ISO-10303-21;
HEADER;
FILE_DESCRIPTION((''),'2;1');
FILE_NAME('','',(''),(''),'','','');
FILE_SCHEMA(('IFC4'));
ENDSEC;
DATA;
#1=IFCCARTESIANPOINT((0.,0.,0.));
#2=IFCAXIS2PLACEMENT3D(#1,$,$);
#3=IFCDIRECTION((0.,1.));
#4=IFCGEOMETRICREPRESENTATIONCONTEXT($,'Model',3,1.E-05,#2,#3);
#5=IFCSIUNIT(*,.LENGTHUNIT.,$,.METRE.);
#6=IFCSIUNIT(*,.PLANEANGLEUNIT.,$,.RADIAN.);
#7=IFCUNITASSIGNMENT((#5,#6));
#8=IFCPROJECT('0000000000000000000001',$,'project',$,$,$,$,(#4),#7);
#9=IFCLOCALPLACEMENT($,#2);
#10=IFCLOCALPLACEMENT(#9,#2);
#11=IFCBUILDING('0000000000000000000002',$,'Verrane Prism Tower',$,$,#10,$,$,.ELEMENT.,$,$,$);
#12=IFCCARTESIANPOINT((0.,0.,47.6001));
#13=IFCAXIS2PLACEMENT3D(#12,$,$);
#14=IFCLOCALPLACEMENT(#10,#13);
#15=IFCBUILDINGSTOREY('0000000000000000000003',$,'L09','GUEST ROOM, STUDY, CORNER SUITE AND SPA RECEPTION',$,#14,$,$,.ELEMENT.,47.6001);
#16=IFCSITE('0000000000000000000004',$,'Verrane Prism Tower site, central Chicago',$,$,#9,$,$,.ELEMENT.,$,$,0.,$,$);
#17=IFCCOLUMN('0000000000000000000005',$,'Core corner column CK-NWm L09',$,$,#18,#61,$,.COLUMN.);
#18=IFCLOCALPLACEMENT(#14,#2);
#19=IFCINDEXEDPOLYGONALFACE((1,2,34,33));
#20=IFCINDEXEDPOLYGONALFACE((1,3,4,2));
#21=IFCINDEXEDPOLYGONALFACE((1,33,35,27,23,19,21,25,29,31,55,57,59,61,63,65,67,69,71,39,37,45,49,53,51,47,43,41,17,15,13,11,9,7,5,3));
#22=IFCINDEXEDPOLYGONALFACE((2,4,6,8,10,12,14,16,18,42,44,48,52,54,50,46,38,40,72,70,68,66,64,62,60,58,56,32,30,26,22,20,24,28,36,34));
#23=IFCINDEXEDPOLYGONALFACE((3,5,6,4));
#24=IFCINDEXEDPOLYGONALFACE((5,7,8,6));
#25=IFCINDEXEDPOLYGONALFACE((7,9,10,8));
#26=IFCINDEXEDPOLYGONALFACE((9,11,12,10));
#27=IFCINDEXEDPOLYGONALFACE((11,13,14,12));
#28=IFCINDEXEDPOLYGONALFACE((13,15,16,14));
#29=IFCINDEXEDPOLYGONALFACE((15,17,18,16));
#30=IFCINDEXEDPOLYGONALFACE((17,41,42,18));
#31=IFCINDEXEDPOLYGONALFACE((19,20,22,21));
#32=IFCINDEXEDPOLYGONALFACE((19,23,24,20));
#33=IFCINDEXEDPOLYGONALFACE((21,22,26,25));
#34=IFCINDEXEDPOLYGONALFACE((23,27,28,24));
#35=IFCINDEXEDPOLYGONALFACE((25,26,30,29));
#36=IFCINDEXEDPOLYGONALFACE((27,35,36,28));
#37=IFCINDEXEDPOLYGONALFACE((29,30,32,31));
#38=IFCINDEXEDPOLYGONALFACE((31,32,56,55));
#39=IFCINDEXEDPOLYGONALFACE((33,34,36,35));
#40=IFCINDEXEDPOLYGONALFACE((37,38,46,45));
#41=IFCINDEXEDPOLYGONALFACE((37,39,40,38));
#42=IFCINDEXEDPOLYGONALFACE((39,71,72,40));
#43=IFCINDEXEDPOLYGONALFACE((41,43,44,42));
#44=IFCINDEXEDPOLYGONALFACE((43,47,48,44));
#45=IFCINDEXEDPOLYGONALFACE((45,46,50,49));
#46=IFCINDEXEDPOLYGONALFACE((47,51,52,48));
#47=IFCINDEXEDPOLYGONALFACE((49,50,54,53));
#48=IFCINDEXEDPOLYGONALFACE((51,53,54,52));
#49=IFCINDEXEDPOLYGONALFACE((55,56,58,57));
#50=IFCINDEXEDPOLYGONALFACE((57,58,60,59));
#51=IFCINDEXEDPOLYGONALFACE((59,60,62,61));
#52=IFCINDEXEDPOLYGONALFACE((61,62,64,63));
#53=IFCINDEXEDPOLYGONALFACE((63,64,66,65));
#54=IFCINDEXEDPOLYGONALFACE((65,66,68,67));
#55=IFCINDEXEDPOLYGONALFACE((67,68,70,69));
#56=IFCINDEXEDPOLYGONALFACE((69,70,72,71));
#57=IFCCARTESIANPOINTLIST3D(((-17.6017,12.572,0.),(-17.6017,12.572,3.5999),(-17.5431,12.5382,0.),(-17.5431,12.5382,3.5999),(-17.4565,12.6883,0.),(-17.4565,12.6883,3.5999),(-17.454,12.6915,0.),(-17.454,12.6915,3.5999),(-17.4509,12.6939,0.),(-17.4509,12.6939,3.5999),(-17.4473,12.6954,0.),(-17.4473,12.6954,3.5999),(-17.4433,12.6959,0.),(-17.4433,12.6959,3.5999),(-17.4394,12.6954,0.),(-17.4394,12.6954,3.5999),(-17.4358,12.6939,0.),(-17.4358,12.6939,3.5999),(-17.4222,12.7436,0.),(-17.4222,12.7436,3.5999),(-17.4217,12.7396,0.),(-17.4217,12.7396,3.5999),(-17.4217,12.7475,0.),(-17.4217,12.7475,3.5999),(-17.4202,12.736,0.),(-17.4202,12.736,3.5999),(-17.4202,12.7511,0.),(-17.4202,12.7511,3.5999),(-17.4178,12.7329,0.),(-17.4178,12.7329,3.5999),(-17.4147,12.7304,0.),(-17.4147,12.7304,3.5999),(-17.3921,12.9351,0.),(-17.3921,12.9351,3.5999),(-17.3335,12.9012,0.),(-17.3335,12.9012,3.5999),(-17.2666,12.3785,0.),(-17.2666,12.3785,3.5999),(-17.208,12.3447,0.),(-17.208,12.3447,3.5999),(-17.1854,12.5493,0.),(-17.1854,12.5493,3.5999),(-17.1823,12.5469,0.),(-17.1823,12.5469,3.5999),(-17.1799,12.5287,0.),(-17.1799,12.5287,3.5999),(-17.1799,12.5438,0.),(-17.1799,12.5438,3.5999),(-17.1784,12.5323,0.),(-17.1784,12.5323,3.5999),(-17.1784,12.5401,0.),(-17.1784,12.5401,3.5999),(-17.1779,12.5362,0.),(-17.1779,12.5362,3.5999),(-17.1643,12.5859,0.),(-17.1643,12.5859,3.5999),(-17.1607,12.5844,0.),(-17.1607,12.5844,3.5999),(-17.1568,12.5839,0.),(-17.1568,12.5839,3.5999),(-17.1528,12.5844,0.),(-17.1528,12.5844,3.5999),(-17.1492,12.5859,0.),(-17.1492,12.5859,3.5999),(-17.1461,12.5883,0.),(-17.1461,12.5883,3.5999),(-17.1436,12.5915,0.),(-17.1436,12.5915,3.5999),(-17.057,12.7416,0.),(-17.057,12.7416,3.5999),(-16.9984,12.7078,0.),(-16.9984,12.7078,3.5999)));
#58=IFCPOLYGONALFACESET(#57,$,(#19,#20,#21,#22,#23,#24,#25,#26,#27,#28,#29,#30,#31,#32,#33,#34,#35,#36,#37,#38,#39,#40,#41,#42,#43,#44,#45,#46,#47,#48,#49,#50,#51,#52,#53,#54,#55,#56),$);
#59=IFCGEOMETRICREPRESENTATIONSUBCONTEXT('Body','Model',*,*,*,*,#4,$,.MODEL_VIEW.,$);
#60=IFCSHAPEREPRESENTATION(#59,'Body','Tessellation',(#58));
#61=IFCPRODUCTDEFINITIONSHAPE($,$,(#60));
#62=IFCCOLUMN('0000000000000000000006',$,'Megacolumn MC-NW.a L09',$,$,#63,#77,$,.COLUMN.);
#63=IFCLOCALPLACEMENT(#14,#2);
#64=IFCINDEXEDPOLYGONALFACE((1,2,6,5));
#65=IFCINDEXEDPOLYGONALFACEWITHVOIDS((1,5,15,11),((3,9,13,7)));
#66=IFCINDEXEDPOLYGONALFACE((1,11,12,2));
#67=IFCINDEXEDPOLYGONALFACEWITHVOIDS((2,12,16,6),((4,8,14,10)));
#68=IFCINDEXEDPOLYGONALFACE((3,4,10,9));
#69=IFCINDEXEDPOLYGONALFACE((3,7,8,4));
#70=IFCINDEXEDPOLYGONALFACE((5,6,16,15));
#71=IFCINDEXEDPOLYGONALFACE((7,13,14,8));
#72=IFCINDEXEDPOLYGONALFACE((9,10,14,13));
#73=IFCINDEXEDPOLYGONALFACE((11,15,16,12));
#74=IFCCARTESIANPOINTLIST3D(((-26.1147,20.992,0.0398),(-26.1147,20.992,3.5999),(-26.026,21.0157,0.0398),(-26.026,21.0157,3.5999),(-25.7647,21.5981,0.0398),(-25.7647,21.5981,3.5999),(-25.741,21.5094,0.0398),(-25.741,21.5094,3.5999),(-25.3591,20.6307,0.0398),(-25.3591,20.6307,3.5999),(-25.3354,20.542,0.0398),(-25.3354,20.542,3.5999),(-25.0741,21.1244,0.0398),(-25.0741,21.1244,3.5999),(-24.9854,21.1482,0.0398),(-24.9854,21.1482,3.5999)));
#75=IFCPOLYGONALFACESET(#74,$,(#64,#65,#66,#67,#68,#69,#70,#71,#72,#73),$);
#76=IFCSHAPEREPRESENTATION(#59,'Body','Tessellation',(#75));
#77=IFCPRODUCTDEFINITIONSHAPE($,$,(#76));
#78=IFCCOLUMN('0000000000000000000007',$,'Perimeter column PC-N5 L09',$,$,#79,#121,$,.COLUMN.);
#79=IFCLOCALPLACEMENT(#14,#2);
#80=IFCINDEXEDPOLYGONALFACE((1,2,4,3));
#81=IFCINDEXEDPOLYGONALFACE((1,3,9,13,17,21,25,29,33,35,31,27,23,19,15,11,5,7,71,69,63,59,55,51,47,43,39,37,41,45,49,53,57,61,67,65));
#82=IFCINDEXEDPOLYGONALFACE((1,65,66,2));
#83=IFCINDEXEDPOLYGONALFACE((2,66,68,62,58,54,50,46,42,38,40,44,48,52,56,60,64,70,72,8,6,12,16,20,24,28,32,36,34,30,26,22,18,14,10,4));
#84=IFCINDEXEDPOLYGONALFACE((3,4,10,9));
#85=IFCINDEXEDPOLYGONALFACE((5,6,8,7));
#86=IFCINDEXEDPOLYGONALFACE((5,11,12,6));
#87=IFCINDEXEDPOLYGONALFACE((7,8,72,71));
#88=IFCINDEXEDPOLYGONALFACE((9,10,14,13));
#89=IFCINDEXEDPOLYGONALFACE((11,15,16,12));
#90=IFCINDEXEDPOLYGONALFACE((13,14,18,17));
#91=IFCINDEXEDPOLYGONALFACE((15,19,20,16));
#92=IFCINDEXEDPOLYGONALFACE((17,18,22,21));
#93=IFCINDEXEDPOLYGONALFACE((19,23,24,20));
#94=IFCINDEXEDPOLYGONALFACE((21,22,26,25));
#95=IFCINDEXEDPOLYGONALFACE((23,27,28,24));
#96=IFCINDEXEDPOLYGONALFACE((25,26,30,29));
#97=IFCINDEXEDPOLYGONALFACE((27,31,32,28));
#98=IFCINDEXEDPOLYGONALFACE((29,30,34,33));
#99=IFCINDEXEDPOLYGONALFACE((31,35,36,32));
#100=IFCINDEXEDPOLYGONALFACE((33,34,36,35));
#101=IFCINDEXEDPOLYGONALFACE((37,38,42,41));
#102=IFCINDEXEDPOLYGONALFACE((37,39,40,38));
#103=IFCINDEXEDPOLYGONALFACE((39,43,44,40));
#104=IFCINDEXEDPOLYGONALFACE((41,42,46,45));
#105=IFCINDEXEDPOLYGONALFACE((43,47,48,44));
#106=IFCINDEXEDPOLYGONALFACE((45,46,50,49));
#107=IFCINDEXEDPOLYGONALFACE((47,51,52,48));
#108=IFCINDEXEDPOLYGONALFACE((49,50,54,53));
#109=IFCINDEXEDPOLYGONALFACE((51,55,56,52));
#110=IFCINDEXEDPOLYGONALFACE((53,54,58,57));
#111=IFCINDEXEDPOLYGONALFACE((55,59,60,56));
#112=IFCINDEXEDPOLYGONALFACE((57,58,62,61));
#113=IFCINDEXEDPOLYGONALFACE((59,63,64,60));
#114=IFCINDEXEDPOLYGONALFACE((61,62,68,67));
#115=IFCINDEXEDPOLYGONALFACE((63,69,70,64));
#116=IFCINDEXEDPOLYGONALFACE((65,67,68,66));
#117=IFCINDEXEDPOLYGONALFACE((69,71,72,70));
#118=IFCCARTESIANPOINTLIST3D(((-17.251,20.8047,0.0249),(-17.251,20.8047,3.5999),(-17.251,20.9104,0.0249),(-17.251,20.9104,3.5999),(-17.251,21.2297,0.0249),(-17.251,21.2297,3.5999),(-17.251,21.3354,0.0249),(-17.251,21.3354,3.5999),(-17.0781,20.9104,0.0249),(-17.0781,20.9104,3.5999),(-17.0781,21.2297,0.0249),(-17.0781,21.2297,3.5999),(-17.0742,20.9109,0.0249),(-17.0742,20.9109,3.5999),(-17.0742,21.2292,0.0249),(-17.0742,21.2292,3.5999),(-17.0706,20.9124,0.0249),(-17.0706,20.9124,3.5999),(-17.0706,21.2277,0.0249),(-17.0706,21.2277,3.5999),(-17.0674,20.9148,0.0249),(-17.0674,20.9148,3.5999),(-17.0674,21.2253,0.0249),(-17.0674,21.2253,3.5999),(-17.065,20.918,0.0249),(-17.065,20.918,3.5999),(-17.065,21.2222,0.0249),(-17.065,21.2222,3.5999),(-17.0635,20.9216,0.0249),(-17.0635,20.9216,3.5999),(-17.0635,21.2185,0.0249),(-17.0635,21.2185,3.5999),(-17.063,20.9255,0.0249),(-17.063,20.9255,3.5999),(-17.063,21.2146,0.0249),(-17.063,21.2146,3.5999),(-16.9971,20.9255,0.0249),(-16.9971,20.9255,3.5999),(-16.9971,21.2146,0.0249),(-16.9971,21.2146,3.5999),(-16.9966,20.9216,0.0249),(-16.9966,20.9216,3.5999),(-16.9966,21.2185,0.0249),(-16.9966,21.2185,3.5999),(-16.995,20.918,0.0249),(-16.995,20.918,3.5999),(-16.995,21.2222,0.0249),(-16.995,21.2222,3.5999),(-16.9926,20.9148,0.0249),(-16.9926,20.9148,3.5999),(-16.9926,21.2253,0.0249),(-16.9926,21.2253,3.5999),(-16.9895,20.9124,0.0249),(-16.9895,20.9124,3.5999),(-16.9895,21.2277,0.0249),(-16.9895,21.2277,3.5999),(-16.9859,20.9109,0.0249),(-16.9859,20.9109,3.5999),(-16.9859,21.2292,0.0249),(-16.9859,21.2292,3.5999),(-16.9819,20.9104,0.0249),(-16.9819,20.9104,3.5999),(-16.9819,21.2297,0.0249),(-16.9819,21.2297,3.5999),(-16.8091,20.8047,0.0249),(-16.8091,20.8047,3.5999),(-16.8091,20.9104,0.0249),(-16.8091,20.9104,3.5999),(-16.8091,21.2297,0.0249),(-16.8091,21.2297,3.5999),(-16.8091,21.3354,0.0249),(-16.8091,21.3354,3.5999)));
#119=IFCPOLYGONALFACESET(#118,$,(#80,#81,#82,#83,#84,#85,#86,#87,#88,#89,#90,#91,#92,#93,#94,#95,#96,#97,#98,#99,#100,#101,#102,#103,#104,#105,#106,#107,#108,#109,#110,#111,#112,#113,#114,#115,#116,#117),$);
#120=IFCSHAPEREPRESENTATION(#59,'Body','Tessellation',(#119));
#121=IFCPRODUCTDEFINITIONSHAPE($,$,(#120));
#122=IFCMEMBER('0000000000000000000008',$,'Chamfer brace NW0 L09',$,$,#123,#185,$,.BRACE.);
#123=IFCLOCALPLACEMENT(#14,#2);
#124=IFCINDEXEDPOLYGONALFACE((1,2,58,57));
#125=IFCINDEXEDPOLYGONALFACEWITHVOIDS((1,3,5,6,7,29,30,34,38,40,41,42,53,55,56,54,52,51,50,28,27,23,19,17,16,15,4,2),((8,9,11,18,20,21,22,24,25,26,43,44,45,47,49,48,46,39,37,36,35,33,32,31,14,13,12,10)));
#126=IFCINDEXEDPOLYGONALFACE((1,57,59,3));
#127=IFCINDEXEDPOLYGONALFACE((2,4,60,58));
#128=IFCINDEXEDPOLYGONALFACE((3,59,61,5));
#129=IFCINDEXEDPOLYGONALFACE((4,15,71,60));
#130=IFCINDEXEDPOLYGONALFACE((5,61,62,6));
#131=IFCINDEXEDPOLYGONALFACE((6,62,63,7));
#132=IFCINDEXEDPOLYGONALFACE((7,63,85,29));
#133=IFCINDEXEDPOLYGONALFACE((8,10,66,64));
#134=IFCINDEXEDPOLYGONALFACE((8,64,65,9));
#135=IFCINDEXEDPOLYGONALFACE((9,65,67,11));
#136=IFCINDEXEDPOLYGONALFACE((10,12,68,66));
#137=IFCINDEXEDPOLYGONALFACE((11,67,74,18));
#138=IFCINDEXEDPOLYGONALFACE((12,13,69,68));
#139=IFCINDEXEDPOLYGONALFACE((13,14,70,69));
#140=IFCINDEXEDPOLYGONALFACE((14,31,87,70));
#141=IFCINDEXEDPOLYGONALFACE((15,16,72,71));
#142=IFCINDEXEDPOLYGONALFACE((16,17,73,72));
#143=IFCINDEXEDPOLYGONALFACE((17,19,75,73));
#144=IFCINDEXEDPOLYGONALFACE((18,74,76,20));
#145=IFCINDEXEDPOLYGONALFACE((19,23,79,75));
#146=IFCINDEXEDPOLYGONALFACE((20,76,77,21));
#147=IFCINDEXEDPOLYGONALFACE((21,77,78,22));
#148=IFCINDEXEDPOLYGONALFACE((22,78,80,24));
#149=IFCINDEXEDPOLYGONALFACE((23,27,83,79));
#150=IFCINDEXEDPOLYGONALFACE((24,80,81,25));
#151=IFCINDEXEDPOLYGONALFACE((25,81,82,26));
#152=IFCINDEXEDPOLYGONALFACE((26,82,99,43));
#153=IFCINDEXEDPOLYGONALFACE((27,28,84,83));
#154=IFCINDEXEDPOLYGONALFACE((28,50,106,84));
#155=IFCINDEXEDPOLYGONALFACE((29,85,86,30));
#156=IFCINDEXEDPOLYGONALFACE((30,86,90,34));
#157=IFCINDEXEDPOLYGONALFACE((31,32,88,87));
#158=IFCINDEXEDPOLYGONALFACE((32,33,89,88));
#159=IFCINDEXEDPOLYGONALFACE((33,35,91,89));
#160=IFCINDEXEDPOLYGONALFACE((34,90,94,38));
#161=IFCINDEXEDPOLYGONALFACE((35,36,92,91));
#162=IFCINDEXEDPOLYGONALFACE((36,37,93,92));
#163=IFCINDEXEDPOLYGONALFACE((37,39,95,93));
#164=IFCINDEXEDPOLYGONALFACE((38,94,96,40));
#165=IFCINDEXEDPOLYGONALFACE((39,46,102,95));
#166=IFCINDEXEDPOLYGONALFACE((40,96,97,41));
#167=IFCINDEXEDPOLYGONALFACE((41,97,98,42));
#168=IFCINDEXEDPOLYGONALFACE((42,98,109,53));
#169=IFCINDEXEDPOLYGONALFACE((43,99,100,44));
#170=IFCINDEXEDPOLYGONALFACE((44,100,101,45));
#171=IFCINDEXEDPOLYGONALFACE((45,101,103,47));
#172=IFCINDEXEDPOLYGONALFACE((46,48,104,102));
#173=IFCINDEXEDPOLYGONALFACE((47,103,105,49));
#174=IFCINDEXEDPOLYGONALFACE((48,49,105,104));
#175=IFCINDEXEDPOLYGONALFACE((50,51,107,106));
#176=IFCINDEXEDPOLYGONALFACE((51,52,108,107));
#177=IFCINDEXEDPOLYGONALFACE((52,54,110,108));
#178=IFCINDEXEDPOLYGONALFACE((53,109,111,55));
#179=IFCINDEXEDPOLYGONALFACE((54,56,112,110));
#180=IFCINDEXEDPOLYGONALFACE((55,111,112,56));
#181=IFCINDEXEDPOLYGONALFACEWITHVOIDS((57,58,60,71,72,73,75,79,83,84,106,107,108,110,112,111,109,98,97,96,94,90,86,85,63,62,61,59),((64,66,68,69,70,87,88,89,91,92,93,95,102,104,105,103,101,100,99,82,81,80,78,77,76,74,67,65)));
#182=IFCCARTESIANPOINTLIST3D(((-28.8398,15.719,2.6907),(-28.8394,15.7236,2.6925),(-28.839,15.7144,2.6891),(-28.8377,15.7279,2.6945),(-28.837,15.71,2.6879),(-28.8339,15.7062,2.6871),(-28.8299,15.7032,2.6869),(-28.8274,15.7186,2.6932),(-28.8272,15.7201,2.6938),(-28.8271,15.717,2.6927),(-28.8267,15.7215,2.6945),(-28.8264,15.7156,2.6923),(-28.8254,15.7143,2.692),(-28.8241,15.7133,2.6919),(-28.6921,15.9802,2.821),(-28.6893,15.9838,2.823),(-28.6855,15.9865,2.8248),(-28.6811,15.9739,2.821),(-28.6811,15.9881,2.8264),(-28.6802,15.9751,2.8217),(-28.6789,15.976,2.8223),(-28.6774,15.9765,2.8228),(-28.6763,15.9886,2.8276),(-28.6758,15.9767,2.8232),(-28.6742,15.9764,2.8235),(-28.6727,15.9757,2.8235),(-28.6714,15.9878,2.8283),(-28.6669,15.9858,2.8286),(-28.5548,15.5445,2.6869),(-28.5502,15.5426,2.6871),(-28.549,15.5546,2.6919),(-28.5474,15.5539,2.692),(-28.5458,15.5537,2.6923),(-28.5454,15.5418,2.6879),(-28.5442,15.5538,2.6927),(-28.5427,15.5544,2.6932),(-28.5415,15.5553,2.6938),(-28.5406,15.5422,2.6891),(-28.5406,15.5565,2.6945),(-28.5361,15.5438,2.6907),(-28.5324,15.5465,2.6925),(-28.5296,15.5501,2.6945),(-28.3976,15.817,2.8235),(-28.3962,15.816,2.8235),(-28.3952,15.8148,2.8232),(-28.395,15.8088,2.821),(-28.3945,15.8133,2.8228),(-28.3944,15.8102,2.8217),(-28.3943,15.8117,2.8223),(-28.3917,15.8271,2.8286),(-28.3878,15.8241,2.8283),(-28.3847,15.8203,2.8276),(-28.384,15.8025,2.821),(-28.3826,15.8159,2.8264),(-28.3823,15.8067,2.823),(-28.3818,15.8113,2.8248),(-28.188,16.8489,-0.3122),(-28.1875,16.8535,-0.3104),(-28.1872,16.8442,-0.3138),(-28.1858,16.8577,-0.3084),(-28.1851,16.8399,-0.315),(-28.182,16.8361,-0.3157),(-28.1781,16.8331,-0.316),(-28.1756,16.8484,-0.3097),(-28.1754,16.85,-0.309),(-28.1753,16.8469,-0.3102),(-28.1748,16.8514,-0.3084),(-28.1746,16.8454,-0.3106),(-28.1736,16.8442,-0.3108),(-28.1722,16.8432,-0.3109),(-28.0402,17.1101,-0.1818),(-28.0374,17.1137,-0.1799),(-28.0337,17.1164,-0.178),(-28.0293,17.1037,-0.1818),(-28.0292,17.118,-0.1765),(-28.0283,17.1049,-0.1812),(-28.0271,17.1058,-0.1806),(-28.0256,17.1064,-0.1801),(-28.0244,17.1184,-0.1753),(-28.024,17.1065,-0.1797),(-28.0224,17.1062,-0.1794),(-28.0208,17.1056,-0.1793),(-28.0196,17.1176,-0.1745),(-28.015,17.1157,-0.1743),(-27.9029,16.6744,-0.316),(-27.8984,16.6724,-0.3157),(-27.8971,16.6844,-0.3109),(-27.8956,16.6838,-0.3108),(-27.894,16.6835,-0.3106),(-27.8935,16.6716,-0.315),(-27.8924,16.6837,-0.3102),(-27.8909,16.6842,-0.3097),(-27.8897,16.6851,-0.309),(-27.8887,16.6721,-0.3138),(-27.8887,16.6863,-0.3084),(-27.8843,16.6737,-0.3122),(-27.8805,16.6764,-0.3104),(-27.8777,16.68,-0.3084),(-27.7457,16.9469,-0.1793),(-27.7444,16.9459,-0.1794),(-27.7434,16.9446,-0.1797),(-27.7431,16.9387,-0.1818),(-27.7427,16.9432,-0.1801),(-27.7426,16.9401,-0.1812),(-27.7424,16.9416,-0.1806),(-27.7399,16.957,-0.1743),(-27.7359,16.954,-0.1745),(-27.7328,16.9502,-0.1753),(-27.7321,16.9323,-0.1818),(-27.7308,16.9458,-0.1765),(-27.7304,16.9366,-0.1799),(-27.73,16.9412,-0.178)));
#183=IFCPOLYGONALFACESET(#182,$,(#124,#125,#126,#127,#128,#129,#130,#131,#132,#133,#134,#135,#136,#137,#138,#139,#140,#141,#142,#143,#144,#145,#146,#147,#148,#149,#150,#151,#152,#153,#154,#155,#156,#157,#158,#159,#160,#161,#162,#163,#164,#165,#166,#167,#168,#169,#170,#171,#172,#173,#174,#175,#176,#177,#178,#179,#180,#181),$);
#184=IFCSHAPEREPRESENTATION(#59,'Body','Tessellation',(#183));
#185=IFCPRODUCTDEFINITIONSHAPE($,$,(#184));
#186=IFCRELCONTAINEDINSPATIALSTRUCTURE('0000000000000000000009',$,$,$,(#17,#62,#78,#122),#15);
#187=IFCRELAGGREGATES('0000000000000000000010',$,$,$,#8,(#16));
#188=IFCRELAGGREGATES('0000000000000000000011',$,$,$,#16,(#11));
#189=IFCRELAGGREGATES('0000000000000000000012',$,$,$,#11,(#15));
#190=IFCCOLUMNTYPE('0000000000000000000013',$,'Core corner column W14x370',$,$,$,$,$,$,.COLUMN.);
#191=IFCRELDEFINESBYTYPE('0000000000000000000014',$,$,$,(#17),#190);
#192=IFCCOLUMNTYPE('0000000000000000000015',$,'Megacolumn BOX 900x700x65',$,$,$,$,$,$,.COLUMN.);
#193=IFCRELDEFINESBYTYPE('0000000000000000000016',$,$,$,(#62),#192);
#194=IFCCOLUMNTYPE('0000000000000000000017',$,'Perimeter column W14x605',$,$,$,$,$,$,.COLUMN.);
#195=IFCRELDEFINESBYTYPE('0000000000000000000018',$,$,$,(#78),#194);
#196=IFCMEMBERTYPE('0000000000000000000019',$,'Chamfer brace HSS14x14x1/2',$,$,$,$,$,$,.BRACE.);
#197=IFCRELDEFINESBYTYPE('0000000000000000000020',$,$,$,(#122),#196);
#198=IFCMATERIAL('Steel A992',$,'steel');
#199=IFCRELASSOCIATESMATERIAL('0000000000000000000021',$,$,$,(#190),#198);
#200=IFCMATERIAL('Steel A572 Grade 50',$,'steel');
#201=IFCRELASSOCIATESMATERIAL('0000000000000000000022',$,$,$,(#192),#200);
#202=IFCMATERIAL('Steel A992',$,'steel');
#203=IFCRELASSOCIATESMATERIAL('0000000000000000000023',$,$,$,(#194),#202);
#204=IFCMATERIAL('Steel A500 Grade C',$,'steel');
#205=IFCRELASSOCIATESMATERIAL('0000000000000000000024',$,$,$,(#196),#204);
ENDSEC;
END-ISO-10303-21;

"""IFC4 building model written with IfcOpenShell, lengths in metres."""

from ifc_helpers import new_model, si_unit, direction, frame, origin, origin_2d, place, context, subcontext, project, spatial, hollow_rectangle, i_section, extrude, material, material_profile, profile_set, type_object, element, save


model = new_model("IFC4")

# Units and contexts
model_context = context("Model", 3, precision=1e-05, world=origin(), true_north=direction((0.0, 1.0)))
body_context = subcontext(model_context, "Body", "Model", "MODEL_VIEW")
ifc_project = project(units=[si_unit("LENGTHUNIT", "METRE"), si_unit("PLANEANGLEUNIT", "RADIAN")], contexts=[model_context])

# Site, building, storey
site_placement = place(None, origin())
site = spatial("IfcSite", under=ifc_project, at=site_placement, Name="Verrane Prism Tower site, central Chicago", CompositionType="ELEMENT", RefElevation=0.0)
building_placement = place(site_placement, origin())
building = spatial("IfcBuilding", under=site, at=building_placement, Name="Verrane Prism Tower", CompositionType="ELEMENT")
storey_placement = place(building_placement, frame((0.0, 0.0, 47.6001)))
storey = spatial("IfcBuildingStorey", under=building, at=storey_placement, Name="L09", Description="GUEST ROOM, STUDY, CORNER SUITE AND SPA RECEPTION", CompositionType="ELEMENT", Elevation=47.6001)

# Columns
ifc_material_1 = material(Name="Steel A992", Category="steel")
ifc_material_profile_1 = material_profile(ifc_material_1, i_section(OverallWidth=0.4192, OverallDepth=0.4546, WebThickness=0.0422, FlangeThickness=0.0676, FilletRadius=0.0151, at=origin_2d()), Name="W14x370")
ifc_profile_set_1 = profile_set([ifc_material_profile_1], Name="Steel A992")
column_type_1 = type_object("IfcColumnType", Name="Core corner column W14x370", PredefinedType="COLUMN", material=ifc_profile_set_1)
column_1_placement = place(storey_placement, frame((-17.3, 12.6399, 0.0), z_axis=(0.0, 0.0, 1.0), x_axis=(0.5, 0.866025, 0.0)))
element("IfcColumn", 1, at=column_1_placement, inside=storey, type_object=column_type_1, Name="Core corner column CK-NWm L09", PredefinedType="COLUMN", context=body_context, shape_type="SweptSolid", body=[
    extrude(i_section(OverallWidth=0.4192, OverallDepth=0.4546, WebThickness=0.0422, FlangeThickness=0.0676, FilletRadius=0.0151, at=origin_2d()), origin(), (0.0, 0.0, 1.0), 3.5999),
])
ifc_material_2 = material(Name="Steel A572 Grade 50", Category="steel")
ifc_material_profile_2 = material_profile(ifc_material_2, hollow_rectangle(XDim=0.7, YDim=0.8999, WallThickness=0.0649, at=origin_2d()), Name="BOX 900x700x65")
ifc_profile_set_2 = profile_set([ifc_material_profile_2], Name="Steel A572 Grade 50")
column_type_2 = type_object("IfcColumnType", Name="Megacolumn BOX 900x700x65", PredefinedType="COLUMN", material=ifc_profile_set_2)
column_2_placement = place(storey_placement, frame((-25.55, 21.0701, 0.0398), z_axis=(0.0, 0.0, 1.0), x_axis=(0.5, 0.866025, 0.0)))
element("IfcColumn", 2, at=column_2_placement, inside=storey, type_object=column_type_2, Name="Megacolumn MC-NW.a L09", PredefinedType="COLUMN", context=body_context, shape_type="SweptSolid", body=[
    extrude(hollow_rectangle(XDim=0.7, YDim=0.8999, WallThickness=0.0649, at=origin_2d()), origin(), (0.0, 0.0, 1.0), 3.5601),
])
ifc_material_3 = material(Name="Steel A992", Category="steel")
ifc_material_profile_3 = material_profile(ifc_material_3, i_section(OverallWidth=0.4419, OverallDepth=0.5308, WebThickness=0.0659, FlangeThickness=0.1057, FilletRadius=0.0151, at=origin_2d()), Name="W14x605")
ifc_profile_set_3 = profile_set([ifc_material_profile_3], Name="Steel A992")
column_type_3 = type_object("IfcColumnType", Name="Perimeter column W14x605", PredefinedType="COLUMN", material=ifc_profile_set_3)
column_3_placement = place(storey_placement, frame((-17.03, 21.0701, 0.0249), z_axis=(0.0, 0.0, 1.0), x_axis=(1.0, 0.0, 0.0)))
element("IfcColumn", 3, at=column_3_placement, inside=storey, type_object=column_type_3, Name="Perimeter column PC-N5 L09", PredefinedType="COLUMN", context=body_context, shape_type="SweptSolid", body=[
    extrude(i_section(OverallWidth=0.4419, OverallDepth=0.5308, WebThickness=0.0659, FlangeThickness=0.1057, FilletRadius=0.0151, at=origin_2d()), origin(), (0.0, 0.0, 1.0), 3.575),
])

# Member
ifc_material_4 = material(Name="Steel A500 Grade C", Category="steel")
ifc_material_profile_4 = material_profile(ifc_material_4, hollow_rectangle(XDim=0.3557, YDim=0.3557, WallThickness=0.0127, InnerFilletRadius=0.0063, OuterFilletRadius=0.019, at=origin_2d()), Name="HSS14x14x1/2")
ifc_profile_set_4 = profile_set([ifc_material_profile_4], Name="Steel A500 Grade C")
member_type_1 = type_object("IfcMemberType", Name="Chamfer brace HSS14x14x1/2", PredefinedType="BRACE", material=ifc_profile_set_4)
member_1_placement = place(storey_placement, frame((-27.959, 16.895, -0.2451), z_axis=(-0.1991, -0.345107, 0.917203), x_axis=(0.866186, -0.499722, 0.0)))
element("IfcMember", 4, at=member_1_placement, inside=storey, type_object=member_type_1, Name="Chamfer brace NW0 L09", PredefinedType="BRACE", context=body_context, shape_type="SweptSolid", body=[
    extrude(hollow_rectangle(XDim=0.3557, YDim=0.3557, WallThickness=0.0127, InnerFilletRadius=0.0063, OuterFilletRadius=0.019, at=origin_2d()), origin(), (0.0, 0.0, 1.0), 3.2739),
])

save(model, "model.ifc")
